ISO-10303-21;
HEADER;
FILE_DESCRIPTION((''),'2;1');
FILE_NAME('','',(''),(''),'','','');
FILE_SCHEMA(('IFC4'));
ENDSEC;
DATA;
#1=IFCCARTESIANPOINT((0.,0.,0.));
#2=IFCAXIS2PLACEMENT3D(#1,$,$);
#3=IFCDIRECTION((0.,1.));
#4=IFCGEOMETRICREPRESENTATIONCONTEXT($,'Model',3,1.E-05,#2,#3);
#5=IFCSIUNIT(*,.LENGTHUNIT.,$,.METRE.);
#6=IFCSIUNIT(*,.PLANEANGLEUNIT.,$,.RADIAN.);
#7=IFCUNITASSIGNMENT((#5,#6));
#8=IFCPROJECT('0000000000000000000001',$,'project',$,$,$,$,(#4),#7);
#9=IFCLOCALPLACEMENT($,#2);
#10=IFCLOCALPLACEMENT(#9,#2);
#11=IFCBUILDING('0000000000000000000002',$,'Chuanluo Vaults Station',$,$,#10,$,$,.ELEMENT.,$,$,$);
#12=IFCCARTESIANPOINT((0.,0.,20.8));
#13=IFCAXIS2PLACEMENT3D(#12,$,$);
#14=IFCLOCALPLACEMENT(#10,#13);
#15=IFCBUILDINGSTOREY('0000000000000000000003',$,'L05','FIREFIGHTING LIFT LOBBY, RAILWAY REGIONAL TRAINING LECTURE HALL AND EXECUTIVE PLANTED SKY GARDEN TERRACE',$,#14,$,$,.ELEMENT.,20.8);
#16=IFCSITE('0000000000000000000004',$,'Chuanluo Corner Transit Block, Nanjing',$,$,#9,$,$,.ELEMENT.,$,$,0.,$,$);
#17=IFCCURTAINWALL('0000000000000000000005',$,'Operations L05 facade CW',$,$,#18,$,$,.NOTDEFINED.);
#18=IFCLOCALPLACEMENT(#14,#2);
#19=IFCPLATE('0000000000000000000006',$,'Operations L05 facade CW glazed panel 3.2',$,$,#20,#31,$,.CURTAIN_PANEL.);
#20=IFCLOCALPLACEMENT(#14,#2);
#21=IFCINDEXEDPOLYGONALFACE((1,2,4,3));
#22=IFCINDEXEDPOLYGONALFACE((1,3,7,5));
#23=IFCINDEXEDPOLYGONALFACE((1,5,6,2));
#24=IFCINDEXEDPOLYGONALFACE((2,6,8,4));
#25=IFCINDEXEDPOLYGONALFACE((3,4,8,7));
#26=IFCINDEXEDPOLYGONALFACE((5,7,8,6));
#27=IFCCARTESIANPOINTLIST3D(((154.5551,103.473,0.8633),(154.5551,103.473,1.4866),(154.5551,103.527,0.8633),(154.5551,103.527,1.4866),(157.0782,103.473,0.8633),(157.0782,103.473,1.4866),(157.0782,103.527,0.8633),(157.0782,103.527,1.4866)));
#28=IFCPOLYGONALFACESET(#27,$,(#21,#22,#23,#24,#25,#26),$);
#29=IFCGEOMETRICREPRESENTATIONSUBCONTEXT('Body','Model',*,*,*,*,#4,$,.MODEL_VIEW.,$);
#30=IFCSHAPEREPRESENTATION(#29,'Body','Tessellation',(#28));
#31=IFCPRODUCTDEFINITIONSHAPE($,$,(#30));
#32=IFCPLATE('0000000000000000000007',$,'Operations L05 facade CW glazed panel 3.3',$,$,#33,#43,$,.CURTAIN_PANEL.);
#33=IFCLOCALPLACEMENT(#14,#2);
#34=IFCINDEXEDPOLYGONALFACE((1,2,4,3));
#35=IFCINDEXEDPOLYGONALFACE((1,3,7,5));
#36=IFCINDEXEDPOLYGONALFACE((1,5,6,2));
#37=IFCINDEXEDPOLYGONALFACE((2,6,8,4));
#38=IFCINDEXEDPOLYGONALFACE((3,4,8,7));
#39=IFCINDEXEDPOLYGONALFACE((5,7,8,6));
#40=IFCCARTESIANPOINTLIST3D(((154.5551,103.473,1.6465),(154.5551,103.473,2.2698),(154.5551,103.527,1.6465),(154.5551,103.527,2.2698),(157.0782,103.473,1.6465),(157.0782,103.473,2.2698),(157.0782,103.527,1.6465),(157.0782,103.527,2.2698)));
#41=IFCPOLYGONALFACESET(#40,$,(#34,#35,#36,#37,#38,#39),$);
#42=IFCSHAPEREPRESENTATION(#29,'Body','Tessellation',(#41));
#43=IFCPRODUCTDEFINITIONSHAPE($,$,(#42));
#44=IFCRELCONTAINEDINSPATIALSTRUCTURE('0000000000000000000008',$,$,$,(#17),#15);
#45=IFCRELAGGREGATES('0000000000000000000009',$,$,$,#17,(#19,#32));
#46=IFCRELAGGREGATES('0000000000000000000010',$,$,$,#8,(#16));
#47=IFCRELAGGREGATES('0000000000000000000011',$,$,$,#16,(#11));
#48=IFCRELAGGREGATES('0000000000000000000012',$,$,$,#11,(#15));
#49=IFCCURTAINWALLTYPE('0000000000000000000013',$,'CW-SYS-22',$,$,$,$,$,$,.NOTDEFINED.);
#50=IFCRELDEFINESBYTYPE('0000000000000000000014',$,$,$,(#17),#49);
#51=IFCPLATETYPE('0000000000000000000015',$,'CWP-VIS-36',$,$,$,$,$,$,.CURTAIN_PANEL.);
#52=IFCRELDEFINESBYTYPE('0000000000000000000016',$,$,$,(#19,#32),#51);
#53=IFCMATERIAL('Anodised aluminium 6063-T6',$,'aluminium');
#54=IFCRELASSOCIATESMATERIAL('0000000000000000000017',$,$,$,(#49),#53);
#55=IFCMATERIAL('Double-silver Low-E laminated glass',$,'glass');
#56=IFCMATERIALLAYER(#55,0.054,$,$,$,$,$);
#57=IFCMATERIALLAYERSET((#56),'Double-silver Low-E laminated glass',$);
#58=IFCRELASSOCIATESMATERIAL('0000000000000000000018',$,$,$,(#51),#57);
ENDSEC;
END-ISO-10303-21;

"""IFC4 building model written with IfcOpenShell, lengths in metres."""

from ifc_helpers import new_model, si_unit, direction, frame, origin, origin_2d, place, context, subcontext, project, spatial, rectangle, extrude, material, layer, layer_set, type_object, element, aggregate, save


model = new_model("IFC4")

# Units and contexts
model_context = context("Model", 3, precision=1e-05, world=origin(), true_north=direction((0.0, 1.0)))
body_context = subcontext(model_context, "Body", "Model", "MODEL_VIEW")
ifc_project = project(units=[si_unit("LENGTHUNIT", "METRE"), si_unit("PLANEANGLEUNIT", "RADIAN")], contexts=[model_context])

# Site, building, storey
site_placement = place(None, origin())
site = spatial("IfcSite", under=ifc_project, at=site_placement, Name="Chuanluo Corner Transit Block, Nanjing", CompositionType="ELEMENT", RefElevation=0.0)
building_placement = place(site_placement, origin())
building = spatial("IfcBuilding", under=site, at=building_placement, Name="Chuanluo Vaults Station", CompositionType="ELEMENT")
storey_placement = place(building_placement, frame((0.0, 0.0, 20.8)))
storey = spatial("IfcBuildingStorey", under=building, at=storey_placement, Name="L05", Description="FIREFIGHTING LIFT LOBBY, RAILWAY REGIONAL TRAINING LECTURE HALL AND EXECUTIVE PLANTED SKY GARDEN TERRACE", CompositionType="ELEMENT", Elevation=20.8)

# Curtain wall
ifc_material_1 = material(Name="Anodised aluminium 6063-T6", Category="aluminium")
curtain_wall_type_1 = type_object("IfcCurtainWallType", Name="CW-SYS-22", PredefinedType="NOTDEFINED", material=ifc_material_1)
curtain_wall_1_placement = place(storey_placement, origin())
curtain_wall_1 = element("IfcCurtainWall", 1, at=curtain_wall_1_placement, inside=storey, type_object=curtain_wall_type_1, Name="Operations L05 facade CW", PredefinedType="NOTDEFINED")

# Plates
ifc_material_2 = material(Name="Double-silver Low-E laminated glass", Category="glass")
ifc_layer_1 = layer(ifc_material_2, 0.054)
ifc_layer_set_1 = layer_set([ifc_layer_1], Name="Double-silver Low-E laminated glass")
plate_type_1 = type_object("IfcPlateType", Name="CWP-VIS-36", PredefinedType="CURTAIN_PANEL", material=ifc_layer_set_1)
plate_1_placement = place(storey_placement, frame((155.8167, 103.5, 0.8633), z_axis=(0.0, 0.0, 1.0), x_axis=(-1.0, 0.0, 0.0)))
plate_1 = element("IfcPlate", 2, at=plate_1_placement, type_object=plate_type_1, Name="Operations L05 facade CW glazed panel 3.2", PredefinedType="CURTAIN_PANEL", context=body_context, shape_type="SweptSolid", body=[
    extrude(rectangle(XDim=2.5232, YDim=0.054, at=origin_2d()), origin(), (0.0, 0.0, 1.0), 0.6233),
])
plate_2_placement = place(storey_placement, frame((155.8167, 103.5, 1.6465), z_axis=(0.0, 0.0, 1.0), x_axis=(-1.0, 0.0, 0.0)))
plate_2 = element("IfcPlate", 3, at=plate_2_placement, type_object=plate_type_1, Name="Operations L05 facade CW glazed panel 3.3", PredefinedType="CURTAIN_PANEL", context=body_context, shape_type="SweptSolid", body=[
    extrude(rectangle(XDim=2.5232, YDim=0.054, at=origin_2d()), origin(), (0.0, 0.0, 1.0), 0.6233),
])
aggregate(curtain_wall_1, [plate_1, plate_2])

save(model, "model.ifc")
